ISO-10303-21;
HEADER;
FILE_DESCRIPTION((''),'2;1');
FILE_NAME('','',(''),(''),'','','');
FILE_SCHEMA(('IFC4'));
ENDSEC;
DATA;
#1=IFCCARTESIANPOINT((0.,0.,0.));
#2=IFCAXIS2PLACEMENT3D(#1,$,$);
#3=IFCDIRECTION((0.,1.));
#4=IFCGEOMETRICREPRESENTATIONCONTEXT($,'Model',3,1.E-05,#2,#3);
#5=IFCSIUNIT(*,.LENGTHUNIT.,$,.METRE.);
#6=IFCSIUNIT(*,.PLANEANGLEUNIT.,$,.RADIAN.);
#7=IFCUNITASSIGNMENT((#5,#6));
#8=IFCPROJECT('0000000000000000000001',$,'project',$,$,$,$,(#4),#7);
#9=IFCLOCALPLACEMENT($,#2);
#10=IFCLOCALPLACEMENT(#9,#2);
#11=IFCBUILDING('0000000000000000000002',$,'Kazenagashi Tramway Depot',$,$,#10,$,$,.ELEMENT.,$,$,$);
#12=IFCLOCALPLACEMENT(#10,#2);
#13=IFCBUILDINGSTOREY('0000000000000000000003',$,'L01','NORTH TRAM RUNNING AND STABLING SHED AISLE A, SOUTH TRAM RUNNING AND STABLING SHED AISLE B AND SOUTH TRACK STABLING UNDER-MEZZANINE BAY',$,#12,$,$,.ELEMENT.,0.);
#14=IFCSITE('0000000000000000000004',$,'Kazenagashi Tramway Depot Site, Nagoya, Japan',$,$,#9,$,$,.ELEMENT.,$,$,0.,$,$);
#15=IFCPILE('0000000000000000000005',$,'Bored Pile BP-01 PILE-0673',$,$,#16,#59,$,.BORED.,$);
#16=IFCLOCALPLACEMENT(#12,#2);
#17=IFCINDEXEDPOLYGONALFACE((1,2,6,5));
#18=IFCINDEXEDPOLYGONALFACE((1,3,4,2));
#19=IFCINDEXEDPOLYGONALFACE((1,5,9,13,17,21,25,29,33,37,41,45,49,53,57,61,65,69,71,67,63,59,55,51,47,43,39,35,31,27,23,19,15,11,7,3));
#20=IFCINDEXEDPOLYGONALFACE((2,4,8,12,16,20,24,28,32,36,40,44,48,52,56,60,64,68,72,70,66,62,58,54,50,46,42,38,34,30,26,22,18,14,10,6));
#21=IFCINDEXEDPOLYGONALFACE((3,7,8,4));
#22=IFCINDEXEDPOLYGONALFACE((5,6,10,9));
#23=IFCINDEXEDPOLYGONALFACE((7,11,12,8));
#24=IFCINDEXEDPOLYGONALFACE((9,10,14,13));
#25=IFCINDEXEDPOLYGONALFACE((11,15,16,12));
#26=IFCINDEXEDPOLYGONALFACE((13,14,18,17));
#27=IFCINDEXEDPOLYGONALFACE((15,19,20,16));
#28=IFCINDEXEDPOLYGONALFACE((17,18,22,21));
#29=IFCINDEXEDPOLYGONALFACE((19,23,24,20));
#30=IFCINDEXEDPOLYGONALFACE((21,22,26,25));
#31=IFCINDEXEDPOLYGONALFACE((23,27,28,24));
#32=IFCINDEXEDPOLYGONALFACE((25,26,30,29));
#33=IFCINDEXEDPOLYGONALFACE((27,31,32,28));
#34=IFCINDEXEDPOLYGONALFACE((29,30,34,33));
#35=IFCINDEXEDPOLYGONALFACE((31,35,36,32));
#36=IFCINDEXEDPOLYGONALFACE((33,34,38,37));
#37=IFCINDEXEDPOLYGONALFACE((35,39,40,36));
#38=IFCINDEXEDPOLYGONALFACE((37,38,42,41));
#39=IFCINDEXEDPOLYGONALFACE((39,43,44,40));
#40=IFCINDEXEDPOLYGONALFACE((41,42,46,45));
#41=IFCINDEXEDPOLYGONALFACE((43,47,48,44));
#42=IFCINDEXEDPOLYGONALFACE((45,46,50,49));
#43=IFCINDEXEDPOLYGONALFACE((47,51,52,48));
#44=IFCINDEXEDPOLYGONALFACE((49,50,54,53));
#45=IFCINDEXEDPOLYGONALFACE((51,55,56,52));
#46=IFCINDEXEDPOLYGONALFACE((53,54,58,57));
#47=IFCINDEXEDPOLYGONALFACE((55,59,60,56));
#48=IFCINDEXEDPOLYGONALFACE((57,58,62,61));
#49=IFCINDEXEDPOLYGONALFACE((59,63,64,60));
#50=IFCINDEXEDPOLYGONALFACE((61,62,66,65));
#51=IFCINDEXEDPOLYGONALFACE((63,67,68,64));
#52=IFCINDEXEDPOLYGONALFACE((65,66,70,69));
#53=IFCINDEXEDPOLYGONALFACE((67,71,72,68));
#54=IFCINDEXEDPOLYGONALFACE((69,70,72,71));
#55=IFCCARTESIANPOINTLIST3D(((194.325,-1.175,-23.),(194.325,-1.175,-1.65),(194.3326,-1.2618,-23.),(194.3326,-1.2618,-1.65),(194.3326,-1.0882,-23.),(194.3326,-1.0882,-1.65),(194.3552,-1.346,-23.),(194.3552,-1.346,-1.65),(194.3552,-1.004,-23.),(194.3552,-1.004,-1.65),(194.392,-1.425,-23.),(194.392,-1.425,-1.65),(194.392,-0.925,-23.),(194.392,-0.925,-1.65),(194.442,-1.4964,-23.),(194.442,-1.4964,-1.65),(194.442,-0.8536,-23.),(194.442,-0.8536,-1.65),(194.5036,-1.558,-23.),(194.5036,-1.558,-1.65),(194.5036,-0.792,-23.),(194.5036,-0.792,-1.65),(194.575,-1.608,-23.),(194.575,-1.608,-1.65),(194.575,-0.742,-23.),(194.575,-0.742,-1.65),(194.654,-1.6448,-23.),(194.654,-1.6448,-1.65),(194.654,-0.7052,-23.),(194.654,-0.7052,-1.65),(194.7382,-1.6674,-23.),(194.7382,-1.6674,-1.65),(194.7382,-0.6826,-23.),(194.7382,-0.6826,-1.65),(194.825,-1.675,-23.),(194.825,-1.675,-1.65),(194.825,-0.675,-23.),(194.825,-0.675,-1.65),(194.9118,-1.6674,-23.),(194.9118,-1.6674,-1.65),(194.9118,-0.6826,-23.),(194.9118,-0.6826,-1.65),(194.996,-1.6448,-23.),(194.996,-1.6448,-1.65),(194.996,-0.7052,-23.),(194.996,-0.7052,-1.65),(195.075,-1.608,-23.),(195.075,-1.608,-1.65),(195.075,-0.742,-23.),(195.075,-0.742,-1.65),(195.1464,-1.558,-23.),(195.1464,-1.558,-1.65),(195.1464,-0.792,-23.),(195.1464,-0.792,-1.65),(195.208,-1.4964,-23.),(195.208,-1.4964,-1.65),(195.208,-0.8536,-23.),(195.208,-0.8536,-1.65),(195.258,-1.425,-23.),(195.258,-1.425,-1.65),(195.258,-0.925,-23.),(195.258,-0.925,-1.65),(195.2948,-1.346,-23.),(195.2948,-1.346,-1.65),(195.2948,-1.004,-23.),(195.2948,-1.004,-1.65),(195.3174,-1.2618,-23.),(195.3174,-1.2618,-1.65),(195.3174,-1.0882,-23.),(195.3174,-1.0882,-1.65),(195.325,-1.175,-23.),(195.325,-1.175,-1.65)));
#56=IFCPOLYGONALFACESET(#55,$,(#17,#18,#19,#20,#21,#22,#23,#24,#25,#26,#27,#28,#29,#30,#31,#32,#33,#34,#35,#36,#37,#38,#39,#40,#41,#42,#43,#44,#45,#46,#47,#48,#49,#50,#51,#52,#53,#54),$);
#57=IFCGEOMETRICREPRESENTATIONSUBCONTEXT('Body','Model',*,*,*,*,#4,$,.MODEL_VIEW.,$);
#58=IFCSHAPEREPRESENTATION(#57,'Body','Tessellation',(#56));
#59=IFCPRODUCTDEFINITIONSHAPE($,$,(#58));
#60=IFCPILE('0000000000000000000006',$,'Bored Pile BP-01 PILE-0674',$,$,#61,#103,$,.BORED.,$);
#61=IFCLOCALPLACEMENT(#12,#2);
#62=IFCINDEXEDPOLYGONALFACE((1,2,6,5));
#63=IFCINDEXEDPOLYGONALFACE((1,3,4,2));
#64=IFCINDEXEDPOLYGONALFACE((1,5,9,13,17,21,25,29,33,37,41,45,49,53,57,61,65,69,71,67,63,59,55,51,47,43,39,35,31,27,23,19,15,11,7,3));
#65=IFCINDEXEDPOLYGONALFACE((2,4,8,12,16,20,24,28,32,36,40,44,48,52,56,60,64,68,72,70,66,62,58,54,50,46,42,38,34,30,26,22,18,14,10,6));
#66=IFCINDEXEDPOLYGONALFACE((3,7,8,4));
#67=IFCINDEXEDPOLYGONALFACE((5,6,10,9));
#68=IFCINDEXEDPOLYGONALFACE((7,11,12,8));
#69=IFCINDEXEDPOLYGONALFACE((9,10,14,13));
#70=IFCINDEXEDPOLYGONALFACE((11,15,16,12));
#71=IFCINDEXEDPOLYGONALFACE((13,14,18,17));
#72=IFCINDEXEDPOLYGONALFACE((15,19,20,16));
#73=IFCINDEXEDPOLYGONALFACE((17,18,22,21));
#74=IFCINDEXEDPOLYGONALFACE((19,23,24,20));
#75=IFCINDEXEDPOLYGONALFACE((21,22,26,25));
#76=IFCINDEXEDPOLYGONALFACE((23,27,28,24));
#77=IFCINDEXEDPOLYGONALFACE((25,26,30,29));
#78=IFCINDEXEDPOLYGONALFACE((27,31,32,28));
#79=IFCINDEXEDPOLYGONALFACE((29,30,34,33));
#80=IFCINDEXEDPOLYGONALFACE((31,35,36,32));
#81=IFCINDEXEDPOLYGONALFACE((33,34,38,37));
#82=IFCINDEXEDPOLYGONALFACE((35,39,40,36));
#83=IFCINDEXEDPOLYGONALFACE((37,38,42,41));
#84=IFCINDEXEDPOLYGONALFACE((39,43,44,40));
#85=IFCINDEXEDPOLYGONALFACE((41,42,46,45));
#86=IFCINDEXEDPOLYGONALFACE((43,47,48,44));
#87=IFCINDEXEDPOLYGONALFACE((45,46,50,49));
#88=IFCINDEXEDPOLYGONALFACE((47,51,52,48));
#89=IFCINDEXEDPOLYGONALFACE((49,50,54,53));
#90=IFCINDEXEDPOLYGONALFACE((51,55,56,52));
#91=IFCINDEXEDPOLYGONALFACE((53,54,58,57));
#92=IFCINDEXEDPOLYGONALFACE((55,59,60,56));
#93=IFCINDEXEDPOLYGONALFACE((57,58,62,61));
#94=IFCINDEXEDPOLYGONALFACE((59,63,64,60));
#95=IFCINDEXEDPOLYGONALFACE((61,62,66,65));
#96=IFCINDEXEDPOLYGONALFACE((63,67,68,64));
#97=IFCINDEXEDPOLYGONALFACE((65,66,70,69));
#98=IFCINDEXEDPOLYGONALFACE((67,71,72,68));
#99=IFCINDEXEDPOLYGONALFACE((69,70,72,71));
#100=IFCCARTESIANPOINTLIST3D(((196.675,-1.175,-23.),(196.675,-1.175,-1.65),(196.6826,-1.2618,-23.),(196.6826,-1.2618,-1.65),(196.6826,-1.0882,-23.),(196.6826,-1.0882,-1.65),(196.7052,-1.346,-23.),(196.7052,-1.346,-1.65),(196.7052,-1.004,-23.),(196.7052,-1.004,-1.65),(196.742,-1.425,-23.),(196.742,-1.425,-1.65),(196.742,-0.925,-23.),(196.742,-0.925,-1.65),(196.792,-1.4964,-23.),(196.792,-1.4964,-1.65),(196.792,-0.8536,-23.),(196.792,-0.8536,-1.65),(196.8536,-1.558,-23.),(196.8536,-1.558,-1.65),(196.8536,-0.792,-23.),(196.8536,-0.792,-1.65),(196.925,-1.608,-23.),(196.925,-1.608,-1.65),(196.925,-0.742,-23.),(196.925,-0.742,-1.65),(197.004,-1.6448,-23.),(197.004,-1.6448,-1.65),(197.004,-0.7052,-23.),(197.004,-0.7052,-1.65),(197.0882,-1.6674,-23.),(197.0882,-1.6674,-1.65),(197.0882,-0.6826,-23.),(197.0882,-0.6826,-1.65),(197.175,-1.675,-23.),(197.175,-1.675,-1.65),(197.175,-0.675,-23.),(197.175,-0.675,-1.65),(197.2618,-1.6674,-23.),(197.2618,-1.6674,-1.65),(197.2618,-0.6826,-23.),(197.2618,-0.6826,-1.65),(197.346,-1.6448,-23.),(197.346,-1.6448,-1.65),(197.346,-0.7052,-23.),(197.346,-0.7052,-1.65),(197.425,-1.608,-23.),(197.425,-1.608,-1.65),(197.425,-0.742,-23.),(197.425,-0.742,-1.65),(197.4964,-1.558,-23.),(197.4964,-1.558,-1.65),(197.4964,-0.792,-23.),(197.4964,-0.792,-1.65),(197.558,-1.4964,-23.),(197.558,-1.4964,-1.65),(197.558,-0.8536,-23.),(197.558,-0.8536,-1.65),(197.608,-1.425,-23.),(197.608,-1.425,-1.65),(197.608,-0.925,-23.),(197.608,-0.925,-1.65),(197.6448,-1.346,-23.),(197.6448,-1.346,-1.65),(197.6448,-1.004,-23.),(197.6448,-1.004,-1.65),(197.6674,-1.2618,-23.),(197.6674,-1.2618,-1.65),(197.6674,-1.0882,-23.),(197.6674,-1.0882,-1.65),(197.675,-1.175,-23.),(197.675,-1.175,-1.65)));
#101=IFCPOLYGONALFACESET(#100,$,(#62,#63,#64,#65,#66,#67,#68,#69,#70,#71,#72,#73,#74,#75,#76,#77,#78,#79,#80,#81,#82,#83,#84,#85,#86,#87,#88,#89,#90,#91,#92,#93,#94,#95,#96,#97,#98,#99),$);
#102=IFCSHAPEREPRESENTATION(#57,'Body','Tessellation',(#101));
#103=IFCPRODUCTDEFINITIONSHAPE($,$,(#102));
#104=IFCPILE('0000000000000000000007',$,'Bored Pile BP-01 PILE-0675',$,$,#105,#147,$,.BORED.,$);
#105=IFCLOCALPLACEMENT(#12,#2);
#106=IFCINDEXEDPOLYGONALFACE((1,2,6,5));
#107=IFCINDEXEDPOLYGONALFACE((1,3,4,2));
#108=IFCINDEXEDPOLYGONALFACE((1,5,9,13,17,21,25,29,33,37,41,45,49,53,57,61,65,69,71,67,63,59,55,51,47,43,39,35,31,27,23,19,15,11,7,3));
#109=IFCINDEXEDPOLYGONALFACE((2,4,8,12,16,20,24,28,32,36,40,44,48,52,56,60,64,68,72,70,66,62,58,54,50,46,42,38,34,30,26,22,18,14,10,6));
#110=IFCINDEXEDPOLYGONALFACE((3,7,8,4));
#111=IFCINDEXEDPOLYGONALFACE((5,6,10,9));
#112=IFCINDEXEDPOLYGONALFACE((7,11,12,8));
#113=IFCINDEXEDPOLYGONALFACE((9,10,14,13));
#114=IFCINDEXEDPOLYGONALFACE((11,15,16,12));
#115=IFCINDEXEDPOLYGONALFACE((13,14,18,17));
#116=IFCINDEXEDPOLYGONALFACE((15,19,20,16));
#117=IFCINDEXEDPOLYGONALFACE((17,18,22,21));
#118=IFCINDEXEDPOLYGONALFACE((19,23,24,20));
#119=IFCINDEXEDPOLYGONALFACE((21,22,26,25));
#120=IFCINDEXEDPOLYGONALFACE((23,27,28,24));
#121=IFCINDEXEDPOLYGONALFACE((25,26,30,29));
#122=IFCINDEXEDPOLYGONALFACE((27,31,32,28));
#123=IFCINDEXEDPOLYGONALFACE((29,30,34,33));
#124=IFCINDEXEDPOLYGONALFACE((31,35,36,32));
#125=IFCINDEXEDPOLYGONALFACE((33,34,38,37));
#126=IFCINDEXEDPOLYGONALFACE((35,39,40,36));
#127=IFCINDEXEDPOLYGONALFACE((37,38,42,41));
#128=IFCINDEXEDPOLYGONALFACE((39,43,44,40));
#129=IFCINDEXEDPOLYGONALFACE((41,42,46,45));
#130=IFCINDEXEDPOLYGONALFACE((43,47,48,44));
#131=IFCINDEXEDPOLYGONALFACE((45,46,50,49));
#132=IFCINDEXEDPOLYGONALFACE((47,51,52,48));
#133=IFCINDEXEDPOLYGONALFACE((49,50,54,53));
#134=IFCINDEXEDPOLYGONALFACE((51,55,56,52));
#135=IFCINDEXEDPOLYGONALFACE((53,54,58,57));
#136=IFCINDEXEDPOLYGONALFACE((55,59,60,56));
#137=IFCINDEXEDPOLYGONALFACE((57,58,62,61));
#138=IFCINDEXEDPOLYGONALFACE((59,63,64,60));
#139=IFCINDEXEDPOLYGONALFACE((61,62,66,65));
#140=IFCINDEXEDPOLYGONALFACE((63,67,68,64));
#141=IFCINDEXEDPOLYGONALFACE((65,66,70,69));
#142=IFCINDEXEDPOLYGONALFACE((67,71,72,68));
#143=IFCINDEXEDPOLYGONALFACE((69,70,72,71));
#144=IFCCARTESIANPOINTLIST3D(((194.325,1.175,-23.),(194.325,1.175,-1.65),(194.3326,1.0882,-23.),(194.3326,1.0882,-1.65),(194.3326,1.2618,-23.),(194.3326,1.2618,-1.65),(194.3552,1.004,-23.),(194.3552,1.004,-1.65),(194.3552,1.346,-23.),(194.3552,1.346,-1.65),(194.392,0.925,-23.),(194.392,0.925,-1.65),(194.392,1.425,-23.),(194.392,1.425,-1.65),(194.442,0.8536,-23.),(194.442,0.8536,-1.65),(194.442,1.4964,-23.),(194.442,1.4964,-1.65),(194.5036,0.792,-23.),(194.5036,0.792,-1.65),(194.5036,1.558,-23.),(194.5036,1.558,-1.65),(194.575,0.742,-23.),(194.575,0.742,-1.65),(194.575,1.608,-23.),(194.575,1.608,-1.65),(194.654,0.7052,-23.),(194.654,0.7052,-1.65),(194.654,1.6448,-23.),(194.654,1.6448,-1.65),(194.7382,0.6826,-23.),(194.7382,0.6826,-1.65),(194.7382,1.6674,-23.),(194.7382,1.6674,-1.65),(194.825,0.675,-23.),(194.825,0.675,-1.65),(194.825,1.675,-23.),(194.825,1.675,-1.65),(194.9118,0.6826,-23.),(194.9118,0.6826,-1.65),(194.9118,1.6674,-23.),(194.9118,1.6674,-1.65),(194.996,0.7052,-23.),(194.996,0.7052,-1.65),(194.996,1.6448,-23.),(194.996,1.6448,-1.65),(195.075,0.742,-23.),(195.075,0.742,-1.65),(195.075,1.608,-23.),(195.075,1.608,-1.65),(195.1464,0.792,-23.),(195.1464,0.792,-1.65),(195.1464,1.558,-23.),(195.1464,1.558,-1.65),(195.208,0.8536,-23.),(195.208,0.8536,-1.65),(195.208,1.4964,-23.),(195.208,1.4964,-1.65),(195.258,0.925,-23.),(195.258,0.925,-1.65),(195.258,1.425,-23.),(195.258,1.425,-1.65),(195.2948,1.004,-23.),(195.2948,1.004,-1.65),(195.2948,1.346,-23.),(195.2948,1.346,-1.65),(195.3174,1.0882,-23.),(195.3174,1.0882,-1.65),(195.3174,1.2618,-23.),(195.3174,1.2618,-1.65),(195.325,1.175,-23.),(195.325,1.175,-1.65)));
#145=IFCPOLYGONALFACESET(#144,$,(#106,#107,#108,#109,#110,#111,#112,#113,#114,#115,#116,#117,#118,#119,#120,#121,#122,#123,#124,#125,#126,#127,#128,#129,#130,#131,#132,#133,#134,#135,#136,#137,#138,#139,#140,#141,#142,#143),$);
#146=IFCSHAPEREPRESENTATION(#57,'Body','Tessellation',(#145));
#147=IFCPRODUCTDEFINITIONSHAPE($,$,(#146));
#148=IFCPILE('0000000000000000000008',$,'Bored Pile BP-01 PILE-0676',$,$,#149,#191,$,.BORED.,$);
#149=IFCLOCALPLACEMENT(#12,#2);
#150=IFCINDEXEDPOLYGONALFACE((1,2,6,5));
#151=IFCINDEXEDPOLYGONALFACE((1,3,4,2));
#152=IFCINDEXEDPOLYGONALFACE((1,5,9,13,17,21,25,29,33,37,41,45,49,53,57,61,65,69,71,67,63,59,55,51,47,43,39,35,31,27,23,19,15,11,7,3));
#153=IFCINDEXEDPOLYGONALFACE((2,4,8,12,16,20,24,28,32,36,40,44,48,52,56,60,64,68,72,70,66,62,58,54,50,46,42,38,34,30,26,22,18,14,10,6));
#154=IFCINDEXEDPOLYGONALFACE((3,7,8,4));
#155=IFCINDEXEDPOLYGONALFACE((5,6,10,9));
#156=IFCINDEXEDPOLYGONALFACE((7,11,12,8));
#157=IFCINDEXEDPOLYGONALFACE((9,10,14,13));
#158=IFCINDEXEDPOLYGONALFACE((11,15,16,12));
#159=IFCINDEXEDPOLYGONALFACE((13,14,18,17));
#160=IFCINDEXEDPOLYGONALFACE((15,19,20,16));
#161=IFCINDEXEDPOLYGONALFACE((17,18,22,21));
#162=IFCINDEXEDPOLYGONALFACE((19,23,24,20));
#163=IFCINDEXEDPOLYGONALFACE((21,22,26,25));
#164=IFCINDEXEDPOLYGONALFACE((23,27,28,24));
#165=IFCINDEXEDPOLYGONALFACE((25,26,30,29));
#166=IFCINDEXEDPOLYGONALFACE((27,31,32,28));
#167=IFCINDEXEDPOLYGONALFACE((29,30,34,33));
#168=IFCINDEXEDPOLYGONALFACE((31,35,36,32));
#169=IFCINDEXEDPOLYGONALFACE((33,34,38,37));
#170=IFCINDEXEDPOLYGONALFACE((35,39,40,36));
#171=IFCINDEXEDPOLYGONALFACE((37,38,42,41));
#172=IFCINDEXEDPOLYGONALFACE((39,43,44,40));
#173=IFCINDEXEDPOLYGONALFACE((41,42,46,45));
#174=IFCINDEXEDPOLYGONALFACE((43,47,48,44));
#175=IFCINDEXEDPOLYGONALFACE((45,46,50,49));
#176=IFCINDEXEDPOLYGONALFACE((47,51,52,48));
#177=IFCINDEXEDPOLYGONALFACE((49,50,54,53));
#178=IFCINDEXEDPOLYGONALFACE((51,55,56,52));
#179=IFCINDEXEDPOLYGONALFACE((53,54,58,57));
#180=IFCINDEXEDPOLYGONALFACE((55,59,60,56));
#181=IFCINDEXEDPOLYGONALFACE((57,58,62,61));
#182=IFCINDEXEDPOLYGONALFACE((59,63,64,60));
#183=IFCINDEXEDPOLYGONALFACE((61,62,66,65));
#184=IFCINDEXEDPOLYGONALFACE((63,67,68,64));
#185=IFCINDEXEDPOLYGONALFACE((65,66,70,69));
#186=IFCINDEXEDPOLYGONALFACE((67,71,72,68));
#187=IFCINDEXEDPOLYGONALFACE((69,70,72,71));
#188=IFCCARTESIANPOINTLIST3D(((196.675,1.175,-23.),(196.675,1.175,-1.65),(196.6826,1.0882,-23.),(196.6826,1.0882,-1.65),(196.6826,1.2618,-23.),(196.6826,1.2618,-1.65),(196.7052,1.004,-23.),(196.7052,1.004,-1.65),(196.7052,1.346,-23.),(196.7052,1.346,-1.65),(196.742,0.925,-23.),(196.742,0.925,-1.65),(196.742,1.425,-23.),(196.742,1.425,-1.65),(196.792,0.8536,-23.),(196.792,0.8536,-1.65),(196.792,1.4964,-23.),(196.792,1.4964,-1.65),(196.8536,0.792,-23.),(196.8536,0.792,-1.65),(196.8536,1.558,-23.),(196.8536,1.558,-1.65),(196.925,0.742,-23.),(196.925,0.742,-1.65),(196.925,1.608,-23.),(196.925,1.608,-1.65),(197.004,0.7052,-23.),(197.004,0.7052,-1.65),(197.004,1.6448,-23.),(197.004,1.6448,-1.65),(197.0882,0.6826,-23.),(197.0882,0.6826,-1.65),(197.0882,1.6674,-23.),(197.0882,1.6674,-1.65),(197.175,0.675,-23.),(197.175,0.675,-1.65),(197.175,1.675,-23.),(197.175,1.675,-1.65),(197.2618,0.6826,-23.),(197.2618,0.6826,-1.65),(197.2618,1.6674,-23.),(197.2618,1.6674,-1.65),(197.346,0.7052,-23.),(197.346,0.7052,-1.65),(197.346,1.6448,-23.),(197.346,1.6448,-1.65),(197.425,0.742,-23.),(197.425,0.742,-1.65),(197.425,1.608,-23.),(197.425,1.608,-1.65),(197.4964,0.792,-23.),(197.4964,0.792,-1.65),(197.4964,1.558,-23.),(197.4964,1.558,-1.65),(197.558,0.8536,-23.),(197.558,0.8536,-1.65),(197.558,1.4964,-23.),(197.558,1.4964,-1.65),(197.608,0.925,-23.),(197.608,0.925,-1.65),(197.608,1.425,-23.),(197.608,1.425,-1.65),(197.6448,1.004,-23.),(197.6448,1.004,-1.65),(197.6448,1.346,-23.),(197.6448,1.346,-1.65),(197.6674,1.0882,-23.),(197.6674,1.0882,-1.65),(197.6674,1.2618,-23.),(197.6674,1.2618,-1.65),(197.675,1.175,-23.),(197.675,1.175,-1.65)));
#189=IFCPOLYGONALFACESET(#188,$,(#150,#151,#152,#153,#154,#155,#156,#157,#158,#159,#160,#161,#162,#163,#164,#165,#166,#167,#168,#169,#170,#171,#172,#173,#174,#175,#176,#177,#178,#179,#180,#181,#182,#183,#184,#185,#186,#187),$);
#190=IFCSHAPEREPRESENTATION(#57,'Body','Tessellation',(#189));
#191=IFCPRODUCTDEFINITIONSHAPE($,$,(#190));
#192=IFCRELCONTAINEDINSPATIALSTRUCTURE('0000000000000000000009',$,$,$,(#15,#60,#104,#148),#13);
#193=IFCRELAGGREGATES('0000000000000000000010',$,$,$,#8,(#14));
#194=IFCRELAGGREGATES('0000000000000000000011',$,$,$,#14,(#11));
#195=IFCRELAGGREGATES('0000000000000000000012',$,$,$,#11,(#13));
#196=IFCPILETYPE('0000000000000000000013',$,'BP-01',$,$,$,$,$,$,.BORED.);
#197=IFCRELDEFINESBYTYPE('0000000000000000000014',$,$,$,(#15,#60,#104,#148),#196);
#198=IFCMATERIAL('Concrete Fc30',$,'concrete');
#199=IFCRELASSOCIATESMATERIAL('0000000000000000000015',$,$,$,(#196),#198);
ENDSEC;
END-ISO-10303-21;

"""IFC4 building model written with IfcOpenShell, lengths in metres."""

from ifc_helpers import new_model, si_unit, direction, frame, origin, origin_2d, place, context, subcontext, project, spatial, circle, extrude, material, material_profile, profile_set, type_object, element, save


model = new_model("IFC4")

# Units and contexts
model_context = context("Model", 3, precision=1e-05, world=origin(), true_north=direction((0.0, 1.0)))
body_context = subcontext(model_context, "Body", "Model", "MODEL_VIEW")
ifc_project = project(units=[si_unit("LENGTHUNIT", "METRE"), si_unit("PLANEANGLEUNIT", "RADIAN")], contexts=[model_context])

# Site, building, storey
site_placement = place(None, origin())
site = spatial("IfcSite", under=ifc_project, at=site_placement, Name="Kazenagashi Tramway Depot Site, Nagoya, Japan", CompositionType="ELEMENT", RefElevation=0.0)
building_placement = place(site_placement, origin())
building = spatial("IfcBuilding", under=site, at=building_placement, Name="Kazenagashi Tramway Depot", CompositionType="ELEMENT")
storey_placement = place(building_placement, origin())
storey = spatial("IfcBuildingStorey", under=building, at=storey_placement, Name="L01", Description="NORTH TRAM RUNNING AND STABLING SHED AISLE A, SOUTH TRAM RUNNING AND STABLING SHED AISLE B AND SOUTH TRACK STABLING UNDER-MEZZANINE BAY", CompositionType="ELEMENT", Elevation=0.0)

# Piles
ifc_material_1 = material(Name="Concrete Fc30", Category="concrete")
ifc_material_profile_1 = material_profile(ifc_material_1, circle(Radius=0.5, at=origin_2d()), Name="PILE-1000")
ifc_profile_set_1 = profile_set([ifc_material_profile_1], Name="Concrete Fc30")
pile_type = type_object("IfcPileType", Name="BP-01", PredefinedType="BORED", material=ifc_profile_set_1)
for number, where, z_axis, x_axis, name in (
    (1, (194.825, -1.175, -1.65), (0.0, 0.0, -1.0), (1.0, 0.0, 0.0), "Bored Pile BP-01 PILE-0673"),
    (2, (197.175, -1.175, -1.65), (0.0, 0.0, -1.0), (1.0, 0.0, 0.0), "Bored Pile BP-01 PILE-0674"),
    (3, (194.825, 1.175, -1.65), (0.0, 0.0, -1.0), (1.0, 0.0, 0.0), "Bored Pile BP-01 PILE-0675"),
    (4, (197.175, 1.175, -1.65), (0.0, 0.0, -1.0), (1.0, 0.0, 0.0), "Bored Pile BP-01 PILE-0676"),
):
    element("IfcPile", number, at=place(storey_placement, frame(where, z_axis=z_axis, x_axis=x_axis)), inside=storey, type_object=pile_type, Name=name, PredefinedType="BORED", context=body_context, shape_type="SweptSolid", body=[
        extrude(circle(Radius=0.5, at=origin_2d()), origin(), (0.0, 0.0, 1.0), 21.35),
    ])

save(model, "model.ifc")
